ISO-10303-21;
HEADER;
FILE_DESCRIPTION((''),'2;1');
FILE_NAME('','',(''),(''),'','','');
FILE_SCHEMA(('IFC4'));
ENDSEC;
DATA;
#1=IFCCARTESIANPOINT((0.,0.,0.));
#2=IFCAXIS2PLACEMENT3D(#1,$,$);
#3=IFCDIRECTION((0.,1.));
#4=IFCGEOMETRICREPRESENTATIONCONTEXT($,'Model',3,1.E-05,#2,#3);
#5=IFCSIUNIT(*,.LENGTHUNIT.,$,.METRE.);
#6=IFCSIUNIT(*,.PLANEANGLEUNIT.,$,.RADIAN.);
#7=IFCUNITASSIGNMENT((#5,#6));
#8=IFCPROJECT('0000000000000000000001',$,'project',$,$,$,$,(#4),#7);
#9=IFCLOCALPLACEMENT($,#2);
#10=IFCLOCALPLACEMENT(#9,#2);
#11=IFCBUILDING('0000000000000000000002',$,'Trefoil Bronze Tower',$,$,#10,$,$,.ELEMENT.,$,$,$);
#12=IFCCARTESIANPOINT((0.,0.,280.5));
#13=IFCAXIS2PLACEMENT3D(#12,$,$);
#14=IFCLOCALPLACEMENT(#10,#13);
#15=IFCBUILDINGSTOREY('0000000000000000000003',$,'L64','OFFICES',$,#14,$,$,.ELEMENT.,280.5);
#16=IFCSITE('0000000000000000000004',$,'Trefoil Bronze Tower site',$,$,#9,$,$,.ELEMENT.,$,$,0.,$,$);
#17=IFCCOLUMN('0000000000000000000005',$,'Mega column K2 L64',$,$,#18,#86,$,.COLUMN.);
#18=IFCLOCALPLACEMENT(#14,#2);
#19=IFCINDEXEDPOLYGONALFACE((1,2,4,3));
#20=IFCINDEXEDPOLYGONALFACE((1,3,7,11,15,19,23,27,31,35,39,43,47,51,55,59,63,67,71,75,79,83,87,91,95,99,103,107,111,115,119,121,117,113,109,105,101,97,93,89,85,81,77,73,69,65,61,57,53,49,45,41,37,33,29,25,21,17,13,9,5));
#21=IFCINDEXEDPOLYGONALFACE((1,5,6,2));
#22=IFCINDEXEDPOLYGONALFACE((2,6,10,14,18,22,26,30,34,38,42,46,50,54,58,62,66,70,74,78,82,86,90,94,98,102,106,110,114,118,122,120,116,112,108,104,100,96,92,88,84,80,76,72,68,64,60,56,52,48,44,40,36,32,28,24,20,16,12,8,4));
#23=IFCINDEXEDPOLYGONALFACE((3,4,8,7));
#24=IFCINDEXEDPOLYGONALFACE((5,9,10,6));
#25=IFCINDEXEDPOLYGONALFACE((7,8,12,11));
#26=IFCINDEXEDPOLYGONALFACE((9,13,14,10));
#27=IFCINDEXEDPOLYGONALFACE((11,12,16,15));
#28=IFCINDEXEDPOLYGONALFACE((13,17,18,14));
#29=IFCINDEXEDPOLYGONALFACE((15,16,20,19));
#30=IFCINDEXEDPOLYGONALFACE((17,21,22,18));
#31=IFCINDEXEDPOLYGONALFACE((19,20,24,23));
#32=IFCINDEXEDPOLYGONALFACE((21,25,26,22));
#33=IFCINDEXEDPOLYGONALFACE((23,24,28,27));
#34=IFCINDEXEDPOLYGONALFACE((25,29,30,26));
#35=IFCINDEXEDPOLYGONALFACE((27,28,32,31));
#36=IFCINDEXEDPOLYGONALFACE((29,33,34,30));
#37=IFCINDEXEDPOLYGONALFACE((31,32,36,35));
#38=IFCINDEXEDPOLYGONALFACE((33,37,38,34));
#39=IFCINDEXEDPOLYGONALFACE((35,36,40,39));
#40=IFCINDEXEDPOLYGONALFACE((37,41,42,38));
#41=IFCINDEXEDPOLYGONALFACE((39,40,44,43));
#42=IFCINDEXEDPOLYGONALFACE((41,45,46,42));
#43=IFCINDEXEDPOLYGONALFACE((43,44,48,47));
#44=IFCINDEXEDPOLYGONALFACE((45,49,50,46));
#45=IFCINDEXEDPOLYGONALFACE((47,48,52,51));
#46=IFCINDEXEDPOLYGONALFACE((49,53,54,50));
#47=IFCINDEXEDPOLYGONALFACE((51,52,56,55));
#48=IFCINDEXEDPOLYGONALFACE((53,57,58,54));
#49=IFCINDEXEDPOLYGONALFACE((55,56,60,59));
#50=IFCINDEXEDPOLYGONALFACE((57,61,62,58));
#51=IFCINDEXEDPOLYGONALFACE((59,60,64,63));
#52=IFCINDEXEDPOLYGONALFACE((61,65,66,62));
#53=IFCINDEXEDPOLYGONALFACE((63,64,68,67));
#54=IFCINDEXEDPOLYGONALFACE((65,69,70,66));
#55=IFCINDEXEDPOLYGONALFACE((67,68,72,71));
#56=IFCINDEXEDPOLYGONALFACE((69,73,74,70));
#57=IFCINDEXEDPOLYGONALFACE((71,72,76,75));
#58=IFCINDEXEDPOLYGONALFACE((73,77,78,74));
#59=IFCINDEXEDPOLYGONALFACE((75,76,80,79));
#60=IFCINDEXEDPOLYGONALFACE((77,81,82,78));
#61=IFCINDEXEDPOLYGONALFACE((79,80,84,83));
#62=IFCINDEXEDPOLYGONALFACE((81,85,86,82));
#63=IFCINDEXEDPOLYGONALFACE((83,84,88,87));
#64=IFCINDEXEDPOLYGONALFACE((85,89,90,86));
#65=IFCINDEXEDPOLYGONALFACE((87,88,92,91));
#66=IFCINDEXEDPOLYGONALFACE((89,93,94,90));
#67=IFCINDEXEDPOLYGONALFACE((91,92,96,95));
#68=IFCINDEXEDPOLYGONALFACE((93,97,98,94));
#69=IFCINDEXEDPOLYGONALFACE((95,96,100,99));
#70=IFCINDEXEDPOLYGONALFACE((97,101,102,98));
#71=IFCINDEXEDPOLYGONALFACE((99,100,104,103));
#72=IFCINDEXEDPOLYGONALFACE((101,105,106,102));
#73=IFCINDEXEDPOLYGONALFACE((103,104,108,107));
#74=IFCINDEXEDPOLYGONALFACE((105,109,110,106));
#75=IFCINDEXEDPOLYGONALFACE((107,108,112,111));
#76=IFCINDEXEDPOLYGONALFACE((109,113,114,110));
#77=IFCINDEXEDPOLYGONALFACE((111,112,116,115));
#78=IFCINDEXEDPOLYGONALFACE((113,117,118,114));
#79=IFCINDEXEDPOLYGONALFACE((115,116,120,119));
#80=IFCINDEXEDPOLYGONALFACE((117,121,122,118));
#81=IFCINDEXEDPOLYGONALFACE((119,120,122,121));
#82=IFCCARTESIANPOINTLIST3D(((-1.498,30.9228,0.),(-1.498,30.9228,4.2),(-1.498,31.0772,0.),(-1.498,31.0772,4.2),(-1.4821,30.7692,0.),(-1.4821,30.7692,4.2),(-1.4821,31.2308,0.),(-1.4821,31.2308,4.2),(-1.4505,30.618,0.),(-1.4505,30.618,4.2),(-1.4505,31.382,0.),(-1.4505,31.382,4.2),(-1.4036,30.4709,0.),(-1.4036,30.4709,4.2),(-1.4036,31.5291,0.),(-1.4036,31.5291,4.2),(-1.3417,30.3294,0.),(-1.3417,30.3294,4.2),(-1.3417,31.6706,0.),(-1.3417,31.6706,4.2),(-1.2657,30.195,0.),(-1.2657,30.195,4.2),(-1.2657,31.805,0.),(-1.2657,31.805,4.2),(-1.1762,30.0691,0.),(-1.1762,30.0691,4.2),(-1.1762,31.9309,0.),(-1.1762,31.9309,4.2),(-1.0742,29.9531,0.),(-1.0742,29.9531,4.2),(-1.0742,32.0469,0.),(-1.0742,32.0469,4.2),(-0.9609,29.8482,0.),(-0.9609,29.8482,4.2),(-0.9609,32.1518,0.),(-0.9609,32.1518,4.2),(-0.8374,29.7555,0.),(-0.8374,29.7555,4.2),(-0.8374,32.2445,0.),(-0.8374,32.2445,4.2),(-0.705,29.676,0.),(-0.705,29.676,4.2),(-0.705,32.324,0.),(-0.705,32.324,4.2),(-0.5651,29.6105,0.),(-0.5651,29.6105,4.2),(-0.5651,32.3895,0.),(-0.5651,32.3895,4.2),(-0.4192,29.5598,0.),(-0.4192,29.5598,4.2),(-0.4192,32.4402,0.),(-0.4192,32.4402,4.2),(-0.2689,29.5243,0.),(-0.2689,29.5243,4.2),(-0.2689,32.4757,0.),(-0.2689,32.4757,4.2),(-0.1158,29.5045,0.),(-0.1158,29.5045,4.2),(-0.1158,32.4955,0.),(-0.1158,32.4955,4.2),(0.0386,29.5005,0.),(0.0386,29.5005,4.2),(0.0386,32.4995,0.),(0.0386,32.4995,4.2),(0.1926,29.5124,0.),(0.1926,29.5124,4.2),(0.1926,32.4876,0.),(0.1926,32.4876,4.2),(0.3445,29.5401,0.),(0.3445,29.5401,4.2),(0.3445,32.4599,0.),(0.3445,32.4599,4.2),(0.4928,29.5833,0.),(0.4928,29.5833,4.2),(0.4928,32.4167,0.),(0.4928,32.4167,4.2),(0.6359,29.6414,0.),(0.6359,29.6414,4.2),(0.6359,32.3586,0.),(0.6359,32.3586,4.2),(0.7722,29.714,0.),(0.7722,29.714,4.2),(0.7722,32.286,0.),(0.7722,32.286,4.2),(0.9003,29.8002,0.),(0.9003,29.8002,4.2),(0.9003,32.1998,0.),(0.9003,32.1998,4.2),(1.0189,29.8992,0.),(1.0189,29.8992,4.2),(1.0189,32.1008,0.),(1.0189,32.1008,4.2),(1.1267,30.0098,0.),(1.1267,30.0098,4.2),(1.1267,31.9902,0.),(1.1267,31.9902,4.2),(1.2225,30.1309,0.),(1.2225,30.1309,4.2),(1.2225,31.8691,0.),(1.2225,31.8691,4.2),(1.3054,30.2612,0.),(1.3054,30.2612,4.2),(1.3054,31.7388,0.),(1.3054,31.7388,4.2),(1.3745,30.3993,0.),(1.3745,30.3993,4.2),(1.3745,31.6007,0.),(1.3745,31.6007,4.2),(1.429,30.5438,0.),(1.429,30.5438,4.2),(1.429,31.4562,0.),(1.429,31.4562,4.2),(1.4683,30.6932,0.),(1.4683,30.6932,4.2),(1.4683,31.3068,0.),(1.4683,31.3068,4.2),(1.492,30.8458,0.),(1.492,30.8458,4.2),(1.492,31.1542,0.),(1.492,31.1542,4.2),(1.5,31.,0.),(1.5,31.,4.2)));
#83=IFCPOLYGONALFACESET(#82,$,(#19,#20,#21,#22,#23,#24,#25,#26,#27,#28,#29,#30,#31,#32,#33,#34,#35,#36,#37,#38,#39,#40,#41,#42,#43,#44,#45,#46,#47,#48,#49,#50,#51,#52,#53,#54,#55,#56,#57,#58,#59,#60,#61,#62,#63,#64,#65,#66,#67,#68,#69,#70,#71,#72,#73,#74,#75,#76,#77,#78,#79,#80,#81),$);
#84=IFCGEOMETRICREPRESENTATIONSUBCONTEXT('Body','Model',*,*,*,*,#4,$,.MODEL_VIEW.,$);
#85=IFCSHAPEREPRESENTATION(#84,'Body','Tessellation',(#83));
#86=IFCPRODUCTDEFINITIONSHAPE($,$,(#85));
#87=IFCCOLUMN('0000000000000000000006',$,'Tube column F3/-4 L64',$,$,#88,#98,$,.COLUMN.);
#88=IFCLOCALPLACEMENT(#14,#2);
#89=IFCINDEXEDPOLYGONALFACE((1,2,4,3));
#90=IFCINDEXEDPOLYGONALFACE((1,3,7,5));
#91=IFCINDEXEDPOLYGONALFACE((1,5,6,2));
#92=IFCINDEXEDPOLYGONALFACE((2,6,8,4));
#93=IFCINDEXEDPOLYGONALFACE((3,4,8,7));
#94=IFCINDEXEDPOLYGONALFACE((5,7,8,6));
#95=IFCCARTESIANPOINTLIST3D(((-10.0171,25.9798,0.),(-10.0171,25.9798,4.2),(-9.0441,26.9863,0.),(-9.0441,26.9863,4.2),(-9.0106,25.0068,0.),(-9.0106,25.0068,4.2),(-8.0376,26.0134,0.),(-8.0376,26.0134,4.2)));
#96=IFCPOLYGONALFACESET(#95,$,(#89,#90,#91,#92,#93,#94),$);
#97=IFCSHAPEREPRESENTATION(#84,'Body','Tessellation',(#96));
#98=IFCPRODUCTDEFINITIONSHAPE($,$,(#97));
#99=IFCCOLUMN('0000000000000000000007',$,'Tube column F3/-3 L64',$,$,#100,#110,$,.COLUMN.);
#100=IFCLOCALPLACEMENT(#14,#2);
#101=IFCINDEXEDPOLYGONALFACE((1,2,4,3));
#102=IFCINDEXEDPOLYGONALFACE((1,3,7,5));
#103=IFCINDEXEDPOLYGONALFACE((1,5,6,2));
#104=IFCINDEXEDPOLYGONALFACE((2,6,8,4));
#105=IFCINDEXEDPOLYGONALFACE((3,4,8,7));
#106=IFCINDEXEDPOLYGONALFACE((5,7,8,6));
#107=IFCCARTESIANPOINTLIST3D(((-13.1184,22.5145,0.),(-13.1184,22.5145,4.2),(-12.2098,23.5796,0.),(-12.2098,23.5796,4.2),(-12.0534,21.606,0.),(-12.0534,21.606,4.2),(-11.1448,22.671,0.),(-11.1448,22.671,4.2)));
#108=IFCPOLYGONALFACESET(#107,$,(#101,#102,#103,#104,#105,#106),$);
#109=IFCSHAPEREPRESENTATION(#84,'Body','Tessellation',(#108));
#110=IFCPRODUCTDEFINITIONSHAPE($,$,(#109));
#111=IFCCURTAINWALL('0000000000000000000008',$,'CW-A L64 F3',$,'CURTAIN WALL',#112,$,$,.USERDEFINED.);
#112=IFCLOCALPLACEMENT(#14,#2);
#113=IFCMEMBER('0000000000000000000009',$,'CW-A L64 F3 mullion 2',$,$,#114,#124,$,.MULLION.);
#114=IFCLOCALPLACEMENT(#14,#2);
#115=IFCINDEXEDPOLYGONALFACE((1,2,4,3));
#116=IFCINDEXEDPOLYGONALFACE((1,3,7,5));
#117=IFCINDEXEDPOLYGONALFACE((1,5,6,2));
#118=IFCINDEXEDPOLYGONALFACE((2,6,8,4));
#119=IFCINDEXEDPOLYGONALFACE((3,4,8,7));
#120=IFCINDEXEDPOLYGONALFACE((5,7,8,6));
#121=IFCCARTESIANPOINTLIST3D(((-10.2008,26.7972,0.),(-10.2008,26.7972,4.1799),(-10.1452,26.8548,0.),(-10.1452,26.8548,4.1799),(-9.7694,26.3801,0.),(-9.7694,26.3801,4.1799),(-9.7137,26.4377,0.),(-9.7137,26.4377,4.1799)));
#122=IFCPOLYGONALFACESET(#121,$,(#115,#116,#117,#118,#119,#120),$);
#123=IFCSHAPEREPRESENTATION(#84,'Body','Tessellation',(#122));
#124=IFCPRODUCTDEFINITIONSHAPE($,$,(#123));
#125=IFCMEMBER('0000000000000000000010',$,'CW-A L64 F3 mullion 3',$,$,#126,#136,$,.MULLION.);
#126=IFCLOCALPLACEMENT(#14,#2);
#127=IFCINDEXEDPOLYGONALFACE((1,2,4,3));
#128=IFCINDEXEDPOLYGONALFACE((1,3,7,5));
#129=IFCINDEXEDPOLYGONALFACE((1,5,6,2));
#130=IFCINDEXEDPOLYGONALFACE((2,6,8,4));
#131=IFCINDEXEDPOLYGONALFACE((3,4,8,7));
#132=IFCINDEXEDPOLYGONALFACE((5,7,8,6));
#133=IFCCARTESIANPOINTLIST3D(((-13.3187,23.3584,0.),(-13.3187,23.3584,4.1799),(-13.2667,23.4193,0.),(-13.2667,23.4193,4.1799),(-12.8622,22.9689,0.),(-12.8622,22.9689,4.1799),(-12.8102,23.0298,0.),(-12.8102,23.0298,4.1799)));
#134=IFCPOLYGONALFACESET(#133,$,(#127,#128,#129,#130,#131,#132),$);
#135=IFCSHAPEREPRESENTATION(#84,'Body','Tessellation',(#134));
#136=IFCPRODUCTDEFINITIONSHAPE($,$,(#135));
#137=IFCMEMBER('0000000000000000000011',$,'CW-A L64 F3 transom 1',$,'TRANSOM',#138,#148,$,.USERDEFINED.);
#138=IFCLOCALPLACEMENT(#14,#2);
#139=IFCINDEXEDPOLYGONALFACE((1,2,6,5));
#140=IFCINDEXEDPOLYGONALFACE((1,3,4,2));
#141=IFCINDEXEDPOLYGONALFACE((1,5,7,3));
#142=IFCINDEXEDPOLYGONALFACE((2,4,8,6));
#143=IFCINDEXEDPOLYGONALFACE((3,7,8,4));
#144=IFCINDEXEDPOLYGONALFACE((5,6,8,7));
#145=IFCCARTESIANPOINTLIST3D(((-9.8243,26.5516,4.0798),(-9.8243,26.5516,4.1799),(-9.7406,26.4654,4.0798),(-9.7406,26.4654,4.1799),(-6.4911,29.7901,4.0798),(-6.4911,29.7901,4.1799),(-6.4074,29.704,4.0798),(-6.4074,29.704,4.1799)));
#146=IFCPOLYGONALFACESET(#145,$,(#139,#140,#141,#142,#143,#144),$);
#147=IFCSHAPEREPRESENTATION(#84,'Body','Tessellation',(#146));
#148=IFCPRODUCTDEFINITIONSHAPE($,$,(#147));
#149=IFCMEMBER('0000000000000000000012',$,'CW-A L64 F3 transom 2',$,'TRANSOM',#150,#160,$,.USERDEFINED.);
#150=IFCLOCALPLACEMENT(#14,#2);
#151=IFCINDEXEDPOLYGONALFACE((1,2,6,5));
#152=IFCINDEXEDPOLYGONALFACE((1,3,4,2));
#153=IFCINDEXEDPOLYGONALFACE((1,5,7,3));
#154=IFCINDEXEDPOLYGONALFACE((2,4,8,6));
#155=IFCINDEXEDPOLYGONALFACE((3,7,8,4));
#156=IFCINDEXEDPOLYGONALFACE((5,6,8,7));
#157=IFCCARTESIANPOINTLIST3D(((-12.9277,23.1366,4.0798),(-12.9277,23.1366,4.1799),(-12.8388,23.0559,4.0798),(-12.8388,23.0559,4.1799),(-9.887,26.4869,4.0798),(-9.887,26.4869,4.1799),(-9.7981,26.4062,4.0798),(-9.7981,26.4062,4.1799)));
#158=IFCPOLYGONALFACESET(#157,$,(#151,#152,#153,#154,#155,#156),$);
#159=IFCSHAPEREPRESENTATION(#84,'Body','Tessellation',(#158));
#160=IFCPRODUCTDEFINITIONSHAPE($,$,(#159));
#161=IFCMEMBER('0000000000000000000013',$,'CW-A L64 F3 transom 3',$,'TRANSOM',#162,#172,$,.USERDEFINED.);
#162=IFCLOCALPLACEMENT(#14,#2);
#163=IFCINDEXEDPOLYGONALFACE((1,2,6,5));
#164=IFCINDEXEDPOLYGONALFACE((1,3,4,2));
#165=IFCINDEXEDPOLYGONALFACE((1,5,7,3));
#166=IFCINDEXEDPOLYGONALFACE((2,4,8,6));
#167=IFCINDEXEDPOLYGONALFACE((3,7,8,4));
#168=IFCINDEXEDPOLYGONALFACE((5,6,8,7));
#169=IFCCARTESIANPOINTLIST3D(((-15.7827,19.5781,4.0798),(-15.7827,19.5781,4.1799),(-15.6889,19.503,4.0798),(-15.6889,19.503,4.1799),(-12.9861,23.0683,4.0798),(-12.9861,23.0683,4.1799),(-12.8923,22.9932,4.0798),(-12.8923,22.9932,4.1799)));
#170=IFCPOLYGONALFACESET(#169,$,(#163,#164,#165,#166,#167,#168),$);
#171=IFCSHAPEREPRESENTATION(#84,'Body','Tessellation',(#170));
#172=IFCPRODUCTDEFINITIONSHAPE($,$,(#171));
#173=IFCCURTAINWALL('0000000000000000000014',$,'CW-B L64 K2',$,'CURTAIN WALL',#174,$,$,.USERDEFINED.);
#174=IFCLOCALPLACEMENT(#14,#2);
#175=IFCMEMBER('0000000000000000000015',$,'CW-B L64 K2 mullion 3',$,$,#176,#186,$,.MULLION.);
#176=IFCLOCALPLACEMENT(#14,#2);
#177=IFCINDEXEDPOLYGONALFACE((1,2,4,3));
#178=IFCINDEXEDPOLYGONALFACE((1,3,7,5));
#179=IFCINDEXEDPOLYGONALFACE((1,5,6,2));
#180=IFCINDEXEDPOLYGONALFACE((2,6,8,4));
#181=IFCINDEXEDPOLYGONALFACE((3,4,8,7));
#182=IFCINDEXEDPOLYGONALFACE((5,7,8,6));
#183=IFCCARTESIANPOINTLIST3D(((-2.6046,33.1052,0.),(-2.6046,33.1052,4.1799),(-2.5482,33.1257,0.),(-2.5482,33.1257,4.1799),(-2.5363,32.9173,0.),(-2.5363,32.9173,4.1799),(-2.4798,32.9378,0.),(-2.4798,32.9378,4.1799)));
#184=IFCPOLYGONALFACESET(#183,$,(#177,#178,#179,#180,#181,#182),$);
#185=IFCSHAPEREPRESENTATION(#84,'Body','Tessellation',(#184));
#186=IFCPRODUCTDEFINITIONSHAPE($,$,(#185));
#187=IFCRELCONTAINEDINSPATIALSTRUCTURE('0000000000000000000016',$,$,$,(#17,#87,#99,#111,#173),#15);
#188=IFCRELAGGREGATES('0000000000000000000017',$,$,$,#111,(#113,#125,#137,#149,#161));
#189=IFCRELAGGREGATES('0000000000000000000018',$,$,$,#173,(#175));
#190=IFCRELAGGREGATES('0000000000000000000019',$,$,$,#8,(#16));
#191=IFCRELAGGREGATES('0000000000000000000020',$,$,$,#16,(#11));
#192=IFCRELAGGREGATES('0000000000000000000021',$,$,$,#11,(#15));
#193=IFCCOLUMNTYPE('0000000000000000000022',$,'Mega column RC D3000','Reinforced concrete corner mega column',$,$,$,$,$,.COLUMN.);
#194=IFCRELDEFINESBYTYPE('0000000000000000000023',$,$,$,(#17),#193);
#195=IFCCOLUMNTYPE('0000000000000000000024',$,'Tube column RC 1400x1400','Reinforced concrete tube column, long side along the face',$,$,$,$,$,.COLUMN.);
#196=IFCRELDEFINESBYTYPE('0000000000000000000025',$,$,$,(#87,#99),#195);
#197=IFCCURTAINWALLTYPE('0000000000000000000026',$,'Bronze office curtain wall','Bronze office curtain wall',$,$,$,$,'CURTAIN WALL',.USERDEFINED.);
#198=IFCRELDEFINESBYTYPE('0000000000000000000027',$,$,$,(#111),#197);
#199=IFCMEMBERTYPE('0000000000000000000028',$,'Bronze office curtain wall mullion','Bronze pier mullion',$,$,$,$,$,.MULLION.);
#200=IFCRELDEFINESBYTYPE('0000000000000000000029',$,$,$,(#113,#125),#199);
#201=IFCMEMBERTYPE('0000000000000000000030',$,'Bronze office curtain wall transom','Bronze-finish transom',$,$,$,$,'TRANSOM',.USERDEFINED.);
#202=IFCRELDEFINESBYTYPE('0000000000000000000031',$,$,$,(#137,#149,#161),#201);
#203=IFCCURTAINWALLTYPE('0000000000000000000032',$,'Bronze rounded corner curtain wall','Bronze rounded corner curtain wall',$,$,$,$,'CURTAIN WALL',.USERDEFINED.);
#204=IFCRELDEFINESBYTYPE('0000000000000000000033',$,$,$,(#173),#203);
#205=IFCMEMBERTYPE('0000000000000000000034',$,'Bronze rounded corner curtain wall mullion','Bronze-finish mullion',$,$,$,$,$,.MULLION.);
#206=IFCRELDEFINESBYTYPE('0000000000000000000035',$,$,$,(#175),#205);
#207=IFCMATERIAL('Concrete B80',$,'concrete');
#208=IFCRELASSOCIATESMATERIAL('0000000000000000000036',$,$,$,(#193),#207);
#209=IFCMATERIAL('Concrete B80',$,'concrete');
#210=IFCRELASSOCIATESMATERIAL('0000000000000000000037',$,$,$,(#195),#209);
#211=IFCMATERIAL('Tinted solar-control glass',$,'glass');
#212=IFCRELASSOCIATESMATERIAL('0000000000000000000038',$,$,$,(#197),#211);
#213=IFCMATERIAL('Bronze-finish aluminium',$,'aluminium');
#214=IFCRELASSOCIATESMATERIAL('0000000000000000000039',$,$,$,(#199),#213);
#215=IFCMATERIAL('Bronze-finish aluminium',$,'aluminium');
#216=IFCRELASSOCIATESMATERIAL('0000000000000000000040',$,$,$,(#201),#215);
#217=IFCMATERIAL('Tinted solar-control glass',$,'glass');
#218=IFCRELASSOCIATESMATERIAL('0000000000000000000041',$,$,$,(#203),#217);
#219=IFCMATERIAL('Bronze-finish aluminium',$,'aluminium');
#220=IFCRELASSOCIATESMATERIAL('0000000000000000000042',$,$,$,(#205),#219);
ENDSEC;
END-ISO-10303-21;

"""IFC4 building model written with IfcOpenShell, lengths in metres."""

from ifc_helpers import new_model, si_unit, direction, frame, origin, origin_2d, place, context, subcontext, project, spatial, rectangle, circle, extrude, material, material_profile, profile_set, type_object, element, aggregate, save


model = new_model("IFC4")

# Units and contexts
model_context = context("Model", 3, precision=1e-05, world=origin(), true_north=direction((0.0, 1.0)))
body_context = subcontext(model_context, "Body", "Model", "MODEL_VIEW")
ifc_project = project(units=[si_unit("LENGTHUNIT", "METRE"), si_unit("PLANEANGLEUNIT", "RADIAN")], contexts=[model_context])

# Site, building, storey
site_placement = place(None, origin())
site = spatial("IfcSite", under=ifc_project, at=site_placement, Name="Trefoil Bronze Tower site", CompositionType="ELEMENT", RefElevation=0.0)
building_placement = place(site_placement, origin())
building = spatial("IfcBuilding", under=site, at=building_placement, Name="Trefoil Bronze Tower", CompositionType="ELEMENT")
storey_placement = place(building_placement, frame((0.0, 0.0, 280.5)))
storey = spatial("IfcBuildingStorey", under=building, at=storey_placement, Name="L64", Description="OFFICES", CompositionType="ELEMENT", Elevation=280.5)

# Columns
ifc_material_1 = material(Name="Concrete B80", Category="concrete")
ifc_material_profile_1 = material_profile(ifc_material_1, circle(Radius=1.5, at=origin_2d()), Name="RC D3000")
ifc_profile_set_1 = profile_set([ifc_material_profile_1], Name="Concrete B80")
column_type_1 = type_object("IfcColumnType", Name="Mega column RC D3000", Description="Reinforced concrete corner mega column", PredefinedType="COLUMN", material=ifc_profile_set_1)
column_placement = place(storey_placement, frame((0.0, 31.0, 0.0), z_axis=(0.0, 0.0, 1.0), x_axis=(1.0, 0.0, 0.0)))
element("IfcColumn", 1, at=column_placement, inside=storey, type_object=column_type_1, Name="Mega column K2 L64", PredefinedType="COLUMN", context=body_context, shape_type="SweptSolid", body=[
    extrude(circle(Radius=1.5, at=origin_2d()), origin(), (0.0, 0.0, 1.0), 4.2),
])
ifc_material_2 = material(Name="Concrete B80", Category="concrete")
ifc_material_profile_2 = material_profile(ifc_material_2, rectangle(XDim=1.3999, YDim=1.3999, at=origin_2d()), Name="RC 1400x1400")
ifc_profile_set_2 = profile_set([ifc_material_profile_2], Name="Concrete B80")
column_type_2 = type_object("IfcColumnType", Name="Tube column RC 1400x1400", Description="Reinforced concrete tube column, long side along the face", PredefinedType="COLUMN", material=ifc_profile_set_2)
for number, where, z_axis, x_axis, name in (
    (2, (-9.0273, 25.9966, 0.0), (0.0, 0.0, 1.0), (-0.695009, -0.719001, 0.0), "Tube column F3/-4 L64"),
    (3, (-12.1316, 22.5928, 0.0), (0.0, 0.0, 1.0), (-0.649008, -0.760781, 0.0), "Tube column F3/-3 L64"),
):
    element("IfcColumn", number, at=place(storey_placement, frame(where, z_axis=z_axis, x_axis=x_axis)), inside=storey, type_object=column_type_2, Name=name, PredefinedType="COLUMN", context=body_context, shape_type="SweptSolid", body=[
        extrude(rectangle(XDim=1.3999, YDim=1.3999, at=origin_2d()), origin(), (0.0, 0.0, 1.0), 4.2),
    ])

# Curtain walls, members
ifc_material_3 = material(Name="Tinted solar-control glass", Category="glass")
curtain_wall_type_1 = type_object("IfcCurtainWallType", Name="Bronze office curtain wall", Description="Bronze office curtain wall", ElementType="CURTAIN WALL", PredefinedType="USERDEFINED", material=ifc_material_3)
curtain_wall_1_placement = place(storey_placement, origin())
curtain_wall_1 = element("IfcCurtainWall", 4, at=curtain_wall_1_placement, inside=storey, type_object=curtain_wall_type_1, Name="CW-A L64 F3", ObjectType="CURTAIN WALL", PredefinedType="USERDEFINED")
ifc_material_4 = material(Name="Bronze-finish aluminium", Category="aluminium")
ifc_material_profile_3 = material_profile(ifc_material_4, rectangle(XDim=0.6001, YDim=0.0801, at=origin_2d()), Name="CW-A mullion")
ifc_profile_set_3 = profile_set([ifc_material_profile_3], Name="Bronze-finish aluminium")
member_type_1 = type_object("IfcMemberType", Name="Bronze office curtain wall mullion", Description="Bronze pier mullion", PredefinedType="MULLION", material=ifc_profile_set_3)
member_1_placement = place(storey_placement, frame((-9.9573, 26.6174, 0.0), z_axis=(0.0, 0.0, 1.0), x_axis=(0.719001, -0.695009, 0.0)))
member_1 = element("IfcMember", 5, at=member_1_placement, type_object=member_type_1, Name="CW-A L64 F3 mullion 2", PredefinedType="MULLION", context=body_context, shape_type="SweptSolid", body=[
    extrude(rectangle(XDim=0.6001, YDim=0.0801, at=origin_2d()), origin(), (0.0, 0.0, 1.0), 4.1799),
])
member_2_placement = place(storey_placement, frame((-13.0645, 23.1941, 0.0), z_axis=(0.0, 0.0, 1.0), x_axis=(0.760781, -0.649008, 0.0)))
member_2 = element("IfcMember", 6, at=member_2_placement, type_object=member_type_1, Name="CW-A L64 F3 mullion 3", PredefinedType="MULLION", context=body_context, shape_type="SweptSolid", body=[
    extrude(rectangle(XDim=0.6001, YDim=0.0801, at=origin_2d()), origin(), (0.0, 0.0, 1.0), 4.1799),
])
ifc_material_5 = material(Name="Bronze-finish aluminium", Category="aluminium")
ifc_material_profile_4 = material_profile(ifc_material_5, rectangle(XDim=0.1201, YDim=0.1001, at=origin_2d()), Name="CW-A transom")
ifc_profile_set_4 = profile_set([ifc_material_profile_4], Name="Bronze-finish aluminium")
member_type_2 = type_object("IfcMemberType", Name="Bronze office curtain wall transom", Description="Bronze-finish transom", ElementType="TRANSOM", PredefinedType="USERDEFINED", material=ifc_profile_set_4)
member_3_placement = place(storey_placement, frame((-6.4492, 29.7471, 4.1299), z_axis=(-0.717225, -0.696842, 0.0), x_axis=(0.696842, -0.717225, 0.0)))
member_3 = element("IfcMember", 7, at=member_3_placement, type_object=member_type_2, Name="CW-A L64 F3 transom 1", ObjectType="TRANSOM", PredefinedType="USERDEFINED", context=body_context, shape_type="SweptSolid", body=[
    extrude(rectangle(XDim=0.1201, YDim=0.1001, at=origin_2d()), origin(), (0.0, 0.0, 1.0), 4.6475),
])
member_4_placement = place(storey_placement, frame((-9.8425, 26.4465, 4.1299), z_axis=(-0.672068, -0.740489, 0.0), x_axis=(0.740489, -0.672068, 0.0)))
member_4 = element("IfcMember", 8, at=member_4_placement, type_object=member_type_2, Name="CW-A L64 F3 transom 2", ObjectType="TRANSOM", PredefinedType="USERDEFINED", context=body_context, shape_type="SweptSolid", body=[
    extrude(rectangle(XDim=0.1201, YDim=0.1001, at=origin_2d()), origin(), (0.0, 0.0, 1.0), 4.5244),
])
member_5_placement = place(storey_placement, frame((-12.9392, 23.0308, 4.1299), z_axis=(-0.625301, -0.780384, 0.0), x_axis=(0.780384, -0.625301, 0.0)))
member_5 = element("IfcMember", 9, at=member_5_placement, type_object=member_type_2, Name="CW-A L64 F3 transom 3", ObjectType="TRANSOM", PredefinedType="USERDEFINED", context=body_context, shape_type="SweptSolid", body=[
    extrude(rectangle(XDim=0.1201, YDim=0.1001, at=origin_2d()), origin(), (0.0, 0.0, 1.0), 4.4724),
])
ifc_material_6 = material(Name="Tinted solar-control glass", Category="glass")
curtain_wall_type_2 = type_object("IfcCurtainWallType", Name="Bronze rounded corner curtain wall", Description="Bronze rounded corner curtain wall", ElementType="CURTAIN WALL", PredefinedType="USERDEFINED", material=ifc_material_6)
curtain_wall_2_placement = place(storey_placement, origin())
curtain_wall_2 = element("IfcCurtainWall", 10, at=curtain_wall_2_placement, inside=storey, type_object=curtain_wall_type_2, Name="CW-B L64 K2", ObjectType="CURTAIN WALL", PredefinedType="USERDEFINED")
ifc_material_7 = material(Name="Bronze-finish aluminium", Category="aluminium")
ifc_material_profile_5 = material_profile(ifc_material_7, rectangle(XDim=0.2, YDim=0.0601, at=origin_2d()), Name="CW-B mullion")
ifc_profile_set_5 = profile_set([ifc_material_profile_5], Name="Bronze-finish aluminium")
member_type_3 = type_object("IfcMemberType", Name="Bronze rounded corner curtain wall mullion", Description="Bronze-finish mullion", PredefinedType="MULLION", material=ifc_profile_set_5)
member_6_placement = place(storey_placement, frame((-2.5422, 33.0215, 0.0), z_axis=(0.0, 0.0, 1.0), x_axis=(0.34202, -0.939693, 0.0)))
member_6 = element("IfcMember", 11, at=member_6_placement, type_object=member_type_3, Name="CW-B L64 K2 mullion 3", PredefinedType="MULLION", context=body_context, shape_type="SweptSolid", body=[
    extrude(rectangle(XDim=0.2, YDim=0.0601, at=origin_2d()), origin(), (0.0, 0.0, 1.0), 4.1799),
])

aggregate(curtain_wall_1, [member_1, member_2, member_3, member_4, member_5])
aggregate(curtain_wall_2, [member_6])

save(model, "model.ifc")
